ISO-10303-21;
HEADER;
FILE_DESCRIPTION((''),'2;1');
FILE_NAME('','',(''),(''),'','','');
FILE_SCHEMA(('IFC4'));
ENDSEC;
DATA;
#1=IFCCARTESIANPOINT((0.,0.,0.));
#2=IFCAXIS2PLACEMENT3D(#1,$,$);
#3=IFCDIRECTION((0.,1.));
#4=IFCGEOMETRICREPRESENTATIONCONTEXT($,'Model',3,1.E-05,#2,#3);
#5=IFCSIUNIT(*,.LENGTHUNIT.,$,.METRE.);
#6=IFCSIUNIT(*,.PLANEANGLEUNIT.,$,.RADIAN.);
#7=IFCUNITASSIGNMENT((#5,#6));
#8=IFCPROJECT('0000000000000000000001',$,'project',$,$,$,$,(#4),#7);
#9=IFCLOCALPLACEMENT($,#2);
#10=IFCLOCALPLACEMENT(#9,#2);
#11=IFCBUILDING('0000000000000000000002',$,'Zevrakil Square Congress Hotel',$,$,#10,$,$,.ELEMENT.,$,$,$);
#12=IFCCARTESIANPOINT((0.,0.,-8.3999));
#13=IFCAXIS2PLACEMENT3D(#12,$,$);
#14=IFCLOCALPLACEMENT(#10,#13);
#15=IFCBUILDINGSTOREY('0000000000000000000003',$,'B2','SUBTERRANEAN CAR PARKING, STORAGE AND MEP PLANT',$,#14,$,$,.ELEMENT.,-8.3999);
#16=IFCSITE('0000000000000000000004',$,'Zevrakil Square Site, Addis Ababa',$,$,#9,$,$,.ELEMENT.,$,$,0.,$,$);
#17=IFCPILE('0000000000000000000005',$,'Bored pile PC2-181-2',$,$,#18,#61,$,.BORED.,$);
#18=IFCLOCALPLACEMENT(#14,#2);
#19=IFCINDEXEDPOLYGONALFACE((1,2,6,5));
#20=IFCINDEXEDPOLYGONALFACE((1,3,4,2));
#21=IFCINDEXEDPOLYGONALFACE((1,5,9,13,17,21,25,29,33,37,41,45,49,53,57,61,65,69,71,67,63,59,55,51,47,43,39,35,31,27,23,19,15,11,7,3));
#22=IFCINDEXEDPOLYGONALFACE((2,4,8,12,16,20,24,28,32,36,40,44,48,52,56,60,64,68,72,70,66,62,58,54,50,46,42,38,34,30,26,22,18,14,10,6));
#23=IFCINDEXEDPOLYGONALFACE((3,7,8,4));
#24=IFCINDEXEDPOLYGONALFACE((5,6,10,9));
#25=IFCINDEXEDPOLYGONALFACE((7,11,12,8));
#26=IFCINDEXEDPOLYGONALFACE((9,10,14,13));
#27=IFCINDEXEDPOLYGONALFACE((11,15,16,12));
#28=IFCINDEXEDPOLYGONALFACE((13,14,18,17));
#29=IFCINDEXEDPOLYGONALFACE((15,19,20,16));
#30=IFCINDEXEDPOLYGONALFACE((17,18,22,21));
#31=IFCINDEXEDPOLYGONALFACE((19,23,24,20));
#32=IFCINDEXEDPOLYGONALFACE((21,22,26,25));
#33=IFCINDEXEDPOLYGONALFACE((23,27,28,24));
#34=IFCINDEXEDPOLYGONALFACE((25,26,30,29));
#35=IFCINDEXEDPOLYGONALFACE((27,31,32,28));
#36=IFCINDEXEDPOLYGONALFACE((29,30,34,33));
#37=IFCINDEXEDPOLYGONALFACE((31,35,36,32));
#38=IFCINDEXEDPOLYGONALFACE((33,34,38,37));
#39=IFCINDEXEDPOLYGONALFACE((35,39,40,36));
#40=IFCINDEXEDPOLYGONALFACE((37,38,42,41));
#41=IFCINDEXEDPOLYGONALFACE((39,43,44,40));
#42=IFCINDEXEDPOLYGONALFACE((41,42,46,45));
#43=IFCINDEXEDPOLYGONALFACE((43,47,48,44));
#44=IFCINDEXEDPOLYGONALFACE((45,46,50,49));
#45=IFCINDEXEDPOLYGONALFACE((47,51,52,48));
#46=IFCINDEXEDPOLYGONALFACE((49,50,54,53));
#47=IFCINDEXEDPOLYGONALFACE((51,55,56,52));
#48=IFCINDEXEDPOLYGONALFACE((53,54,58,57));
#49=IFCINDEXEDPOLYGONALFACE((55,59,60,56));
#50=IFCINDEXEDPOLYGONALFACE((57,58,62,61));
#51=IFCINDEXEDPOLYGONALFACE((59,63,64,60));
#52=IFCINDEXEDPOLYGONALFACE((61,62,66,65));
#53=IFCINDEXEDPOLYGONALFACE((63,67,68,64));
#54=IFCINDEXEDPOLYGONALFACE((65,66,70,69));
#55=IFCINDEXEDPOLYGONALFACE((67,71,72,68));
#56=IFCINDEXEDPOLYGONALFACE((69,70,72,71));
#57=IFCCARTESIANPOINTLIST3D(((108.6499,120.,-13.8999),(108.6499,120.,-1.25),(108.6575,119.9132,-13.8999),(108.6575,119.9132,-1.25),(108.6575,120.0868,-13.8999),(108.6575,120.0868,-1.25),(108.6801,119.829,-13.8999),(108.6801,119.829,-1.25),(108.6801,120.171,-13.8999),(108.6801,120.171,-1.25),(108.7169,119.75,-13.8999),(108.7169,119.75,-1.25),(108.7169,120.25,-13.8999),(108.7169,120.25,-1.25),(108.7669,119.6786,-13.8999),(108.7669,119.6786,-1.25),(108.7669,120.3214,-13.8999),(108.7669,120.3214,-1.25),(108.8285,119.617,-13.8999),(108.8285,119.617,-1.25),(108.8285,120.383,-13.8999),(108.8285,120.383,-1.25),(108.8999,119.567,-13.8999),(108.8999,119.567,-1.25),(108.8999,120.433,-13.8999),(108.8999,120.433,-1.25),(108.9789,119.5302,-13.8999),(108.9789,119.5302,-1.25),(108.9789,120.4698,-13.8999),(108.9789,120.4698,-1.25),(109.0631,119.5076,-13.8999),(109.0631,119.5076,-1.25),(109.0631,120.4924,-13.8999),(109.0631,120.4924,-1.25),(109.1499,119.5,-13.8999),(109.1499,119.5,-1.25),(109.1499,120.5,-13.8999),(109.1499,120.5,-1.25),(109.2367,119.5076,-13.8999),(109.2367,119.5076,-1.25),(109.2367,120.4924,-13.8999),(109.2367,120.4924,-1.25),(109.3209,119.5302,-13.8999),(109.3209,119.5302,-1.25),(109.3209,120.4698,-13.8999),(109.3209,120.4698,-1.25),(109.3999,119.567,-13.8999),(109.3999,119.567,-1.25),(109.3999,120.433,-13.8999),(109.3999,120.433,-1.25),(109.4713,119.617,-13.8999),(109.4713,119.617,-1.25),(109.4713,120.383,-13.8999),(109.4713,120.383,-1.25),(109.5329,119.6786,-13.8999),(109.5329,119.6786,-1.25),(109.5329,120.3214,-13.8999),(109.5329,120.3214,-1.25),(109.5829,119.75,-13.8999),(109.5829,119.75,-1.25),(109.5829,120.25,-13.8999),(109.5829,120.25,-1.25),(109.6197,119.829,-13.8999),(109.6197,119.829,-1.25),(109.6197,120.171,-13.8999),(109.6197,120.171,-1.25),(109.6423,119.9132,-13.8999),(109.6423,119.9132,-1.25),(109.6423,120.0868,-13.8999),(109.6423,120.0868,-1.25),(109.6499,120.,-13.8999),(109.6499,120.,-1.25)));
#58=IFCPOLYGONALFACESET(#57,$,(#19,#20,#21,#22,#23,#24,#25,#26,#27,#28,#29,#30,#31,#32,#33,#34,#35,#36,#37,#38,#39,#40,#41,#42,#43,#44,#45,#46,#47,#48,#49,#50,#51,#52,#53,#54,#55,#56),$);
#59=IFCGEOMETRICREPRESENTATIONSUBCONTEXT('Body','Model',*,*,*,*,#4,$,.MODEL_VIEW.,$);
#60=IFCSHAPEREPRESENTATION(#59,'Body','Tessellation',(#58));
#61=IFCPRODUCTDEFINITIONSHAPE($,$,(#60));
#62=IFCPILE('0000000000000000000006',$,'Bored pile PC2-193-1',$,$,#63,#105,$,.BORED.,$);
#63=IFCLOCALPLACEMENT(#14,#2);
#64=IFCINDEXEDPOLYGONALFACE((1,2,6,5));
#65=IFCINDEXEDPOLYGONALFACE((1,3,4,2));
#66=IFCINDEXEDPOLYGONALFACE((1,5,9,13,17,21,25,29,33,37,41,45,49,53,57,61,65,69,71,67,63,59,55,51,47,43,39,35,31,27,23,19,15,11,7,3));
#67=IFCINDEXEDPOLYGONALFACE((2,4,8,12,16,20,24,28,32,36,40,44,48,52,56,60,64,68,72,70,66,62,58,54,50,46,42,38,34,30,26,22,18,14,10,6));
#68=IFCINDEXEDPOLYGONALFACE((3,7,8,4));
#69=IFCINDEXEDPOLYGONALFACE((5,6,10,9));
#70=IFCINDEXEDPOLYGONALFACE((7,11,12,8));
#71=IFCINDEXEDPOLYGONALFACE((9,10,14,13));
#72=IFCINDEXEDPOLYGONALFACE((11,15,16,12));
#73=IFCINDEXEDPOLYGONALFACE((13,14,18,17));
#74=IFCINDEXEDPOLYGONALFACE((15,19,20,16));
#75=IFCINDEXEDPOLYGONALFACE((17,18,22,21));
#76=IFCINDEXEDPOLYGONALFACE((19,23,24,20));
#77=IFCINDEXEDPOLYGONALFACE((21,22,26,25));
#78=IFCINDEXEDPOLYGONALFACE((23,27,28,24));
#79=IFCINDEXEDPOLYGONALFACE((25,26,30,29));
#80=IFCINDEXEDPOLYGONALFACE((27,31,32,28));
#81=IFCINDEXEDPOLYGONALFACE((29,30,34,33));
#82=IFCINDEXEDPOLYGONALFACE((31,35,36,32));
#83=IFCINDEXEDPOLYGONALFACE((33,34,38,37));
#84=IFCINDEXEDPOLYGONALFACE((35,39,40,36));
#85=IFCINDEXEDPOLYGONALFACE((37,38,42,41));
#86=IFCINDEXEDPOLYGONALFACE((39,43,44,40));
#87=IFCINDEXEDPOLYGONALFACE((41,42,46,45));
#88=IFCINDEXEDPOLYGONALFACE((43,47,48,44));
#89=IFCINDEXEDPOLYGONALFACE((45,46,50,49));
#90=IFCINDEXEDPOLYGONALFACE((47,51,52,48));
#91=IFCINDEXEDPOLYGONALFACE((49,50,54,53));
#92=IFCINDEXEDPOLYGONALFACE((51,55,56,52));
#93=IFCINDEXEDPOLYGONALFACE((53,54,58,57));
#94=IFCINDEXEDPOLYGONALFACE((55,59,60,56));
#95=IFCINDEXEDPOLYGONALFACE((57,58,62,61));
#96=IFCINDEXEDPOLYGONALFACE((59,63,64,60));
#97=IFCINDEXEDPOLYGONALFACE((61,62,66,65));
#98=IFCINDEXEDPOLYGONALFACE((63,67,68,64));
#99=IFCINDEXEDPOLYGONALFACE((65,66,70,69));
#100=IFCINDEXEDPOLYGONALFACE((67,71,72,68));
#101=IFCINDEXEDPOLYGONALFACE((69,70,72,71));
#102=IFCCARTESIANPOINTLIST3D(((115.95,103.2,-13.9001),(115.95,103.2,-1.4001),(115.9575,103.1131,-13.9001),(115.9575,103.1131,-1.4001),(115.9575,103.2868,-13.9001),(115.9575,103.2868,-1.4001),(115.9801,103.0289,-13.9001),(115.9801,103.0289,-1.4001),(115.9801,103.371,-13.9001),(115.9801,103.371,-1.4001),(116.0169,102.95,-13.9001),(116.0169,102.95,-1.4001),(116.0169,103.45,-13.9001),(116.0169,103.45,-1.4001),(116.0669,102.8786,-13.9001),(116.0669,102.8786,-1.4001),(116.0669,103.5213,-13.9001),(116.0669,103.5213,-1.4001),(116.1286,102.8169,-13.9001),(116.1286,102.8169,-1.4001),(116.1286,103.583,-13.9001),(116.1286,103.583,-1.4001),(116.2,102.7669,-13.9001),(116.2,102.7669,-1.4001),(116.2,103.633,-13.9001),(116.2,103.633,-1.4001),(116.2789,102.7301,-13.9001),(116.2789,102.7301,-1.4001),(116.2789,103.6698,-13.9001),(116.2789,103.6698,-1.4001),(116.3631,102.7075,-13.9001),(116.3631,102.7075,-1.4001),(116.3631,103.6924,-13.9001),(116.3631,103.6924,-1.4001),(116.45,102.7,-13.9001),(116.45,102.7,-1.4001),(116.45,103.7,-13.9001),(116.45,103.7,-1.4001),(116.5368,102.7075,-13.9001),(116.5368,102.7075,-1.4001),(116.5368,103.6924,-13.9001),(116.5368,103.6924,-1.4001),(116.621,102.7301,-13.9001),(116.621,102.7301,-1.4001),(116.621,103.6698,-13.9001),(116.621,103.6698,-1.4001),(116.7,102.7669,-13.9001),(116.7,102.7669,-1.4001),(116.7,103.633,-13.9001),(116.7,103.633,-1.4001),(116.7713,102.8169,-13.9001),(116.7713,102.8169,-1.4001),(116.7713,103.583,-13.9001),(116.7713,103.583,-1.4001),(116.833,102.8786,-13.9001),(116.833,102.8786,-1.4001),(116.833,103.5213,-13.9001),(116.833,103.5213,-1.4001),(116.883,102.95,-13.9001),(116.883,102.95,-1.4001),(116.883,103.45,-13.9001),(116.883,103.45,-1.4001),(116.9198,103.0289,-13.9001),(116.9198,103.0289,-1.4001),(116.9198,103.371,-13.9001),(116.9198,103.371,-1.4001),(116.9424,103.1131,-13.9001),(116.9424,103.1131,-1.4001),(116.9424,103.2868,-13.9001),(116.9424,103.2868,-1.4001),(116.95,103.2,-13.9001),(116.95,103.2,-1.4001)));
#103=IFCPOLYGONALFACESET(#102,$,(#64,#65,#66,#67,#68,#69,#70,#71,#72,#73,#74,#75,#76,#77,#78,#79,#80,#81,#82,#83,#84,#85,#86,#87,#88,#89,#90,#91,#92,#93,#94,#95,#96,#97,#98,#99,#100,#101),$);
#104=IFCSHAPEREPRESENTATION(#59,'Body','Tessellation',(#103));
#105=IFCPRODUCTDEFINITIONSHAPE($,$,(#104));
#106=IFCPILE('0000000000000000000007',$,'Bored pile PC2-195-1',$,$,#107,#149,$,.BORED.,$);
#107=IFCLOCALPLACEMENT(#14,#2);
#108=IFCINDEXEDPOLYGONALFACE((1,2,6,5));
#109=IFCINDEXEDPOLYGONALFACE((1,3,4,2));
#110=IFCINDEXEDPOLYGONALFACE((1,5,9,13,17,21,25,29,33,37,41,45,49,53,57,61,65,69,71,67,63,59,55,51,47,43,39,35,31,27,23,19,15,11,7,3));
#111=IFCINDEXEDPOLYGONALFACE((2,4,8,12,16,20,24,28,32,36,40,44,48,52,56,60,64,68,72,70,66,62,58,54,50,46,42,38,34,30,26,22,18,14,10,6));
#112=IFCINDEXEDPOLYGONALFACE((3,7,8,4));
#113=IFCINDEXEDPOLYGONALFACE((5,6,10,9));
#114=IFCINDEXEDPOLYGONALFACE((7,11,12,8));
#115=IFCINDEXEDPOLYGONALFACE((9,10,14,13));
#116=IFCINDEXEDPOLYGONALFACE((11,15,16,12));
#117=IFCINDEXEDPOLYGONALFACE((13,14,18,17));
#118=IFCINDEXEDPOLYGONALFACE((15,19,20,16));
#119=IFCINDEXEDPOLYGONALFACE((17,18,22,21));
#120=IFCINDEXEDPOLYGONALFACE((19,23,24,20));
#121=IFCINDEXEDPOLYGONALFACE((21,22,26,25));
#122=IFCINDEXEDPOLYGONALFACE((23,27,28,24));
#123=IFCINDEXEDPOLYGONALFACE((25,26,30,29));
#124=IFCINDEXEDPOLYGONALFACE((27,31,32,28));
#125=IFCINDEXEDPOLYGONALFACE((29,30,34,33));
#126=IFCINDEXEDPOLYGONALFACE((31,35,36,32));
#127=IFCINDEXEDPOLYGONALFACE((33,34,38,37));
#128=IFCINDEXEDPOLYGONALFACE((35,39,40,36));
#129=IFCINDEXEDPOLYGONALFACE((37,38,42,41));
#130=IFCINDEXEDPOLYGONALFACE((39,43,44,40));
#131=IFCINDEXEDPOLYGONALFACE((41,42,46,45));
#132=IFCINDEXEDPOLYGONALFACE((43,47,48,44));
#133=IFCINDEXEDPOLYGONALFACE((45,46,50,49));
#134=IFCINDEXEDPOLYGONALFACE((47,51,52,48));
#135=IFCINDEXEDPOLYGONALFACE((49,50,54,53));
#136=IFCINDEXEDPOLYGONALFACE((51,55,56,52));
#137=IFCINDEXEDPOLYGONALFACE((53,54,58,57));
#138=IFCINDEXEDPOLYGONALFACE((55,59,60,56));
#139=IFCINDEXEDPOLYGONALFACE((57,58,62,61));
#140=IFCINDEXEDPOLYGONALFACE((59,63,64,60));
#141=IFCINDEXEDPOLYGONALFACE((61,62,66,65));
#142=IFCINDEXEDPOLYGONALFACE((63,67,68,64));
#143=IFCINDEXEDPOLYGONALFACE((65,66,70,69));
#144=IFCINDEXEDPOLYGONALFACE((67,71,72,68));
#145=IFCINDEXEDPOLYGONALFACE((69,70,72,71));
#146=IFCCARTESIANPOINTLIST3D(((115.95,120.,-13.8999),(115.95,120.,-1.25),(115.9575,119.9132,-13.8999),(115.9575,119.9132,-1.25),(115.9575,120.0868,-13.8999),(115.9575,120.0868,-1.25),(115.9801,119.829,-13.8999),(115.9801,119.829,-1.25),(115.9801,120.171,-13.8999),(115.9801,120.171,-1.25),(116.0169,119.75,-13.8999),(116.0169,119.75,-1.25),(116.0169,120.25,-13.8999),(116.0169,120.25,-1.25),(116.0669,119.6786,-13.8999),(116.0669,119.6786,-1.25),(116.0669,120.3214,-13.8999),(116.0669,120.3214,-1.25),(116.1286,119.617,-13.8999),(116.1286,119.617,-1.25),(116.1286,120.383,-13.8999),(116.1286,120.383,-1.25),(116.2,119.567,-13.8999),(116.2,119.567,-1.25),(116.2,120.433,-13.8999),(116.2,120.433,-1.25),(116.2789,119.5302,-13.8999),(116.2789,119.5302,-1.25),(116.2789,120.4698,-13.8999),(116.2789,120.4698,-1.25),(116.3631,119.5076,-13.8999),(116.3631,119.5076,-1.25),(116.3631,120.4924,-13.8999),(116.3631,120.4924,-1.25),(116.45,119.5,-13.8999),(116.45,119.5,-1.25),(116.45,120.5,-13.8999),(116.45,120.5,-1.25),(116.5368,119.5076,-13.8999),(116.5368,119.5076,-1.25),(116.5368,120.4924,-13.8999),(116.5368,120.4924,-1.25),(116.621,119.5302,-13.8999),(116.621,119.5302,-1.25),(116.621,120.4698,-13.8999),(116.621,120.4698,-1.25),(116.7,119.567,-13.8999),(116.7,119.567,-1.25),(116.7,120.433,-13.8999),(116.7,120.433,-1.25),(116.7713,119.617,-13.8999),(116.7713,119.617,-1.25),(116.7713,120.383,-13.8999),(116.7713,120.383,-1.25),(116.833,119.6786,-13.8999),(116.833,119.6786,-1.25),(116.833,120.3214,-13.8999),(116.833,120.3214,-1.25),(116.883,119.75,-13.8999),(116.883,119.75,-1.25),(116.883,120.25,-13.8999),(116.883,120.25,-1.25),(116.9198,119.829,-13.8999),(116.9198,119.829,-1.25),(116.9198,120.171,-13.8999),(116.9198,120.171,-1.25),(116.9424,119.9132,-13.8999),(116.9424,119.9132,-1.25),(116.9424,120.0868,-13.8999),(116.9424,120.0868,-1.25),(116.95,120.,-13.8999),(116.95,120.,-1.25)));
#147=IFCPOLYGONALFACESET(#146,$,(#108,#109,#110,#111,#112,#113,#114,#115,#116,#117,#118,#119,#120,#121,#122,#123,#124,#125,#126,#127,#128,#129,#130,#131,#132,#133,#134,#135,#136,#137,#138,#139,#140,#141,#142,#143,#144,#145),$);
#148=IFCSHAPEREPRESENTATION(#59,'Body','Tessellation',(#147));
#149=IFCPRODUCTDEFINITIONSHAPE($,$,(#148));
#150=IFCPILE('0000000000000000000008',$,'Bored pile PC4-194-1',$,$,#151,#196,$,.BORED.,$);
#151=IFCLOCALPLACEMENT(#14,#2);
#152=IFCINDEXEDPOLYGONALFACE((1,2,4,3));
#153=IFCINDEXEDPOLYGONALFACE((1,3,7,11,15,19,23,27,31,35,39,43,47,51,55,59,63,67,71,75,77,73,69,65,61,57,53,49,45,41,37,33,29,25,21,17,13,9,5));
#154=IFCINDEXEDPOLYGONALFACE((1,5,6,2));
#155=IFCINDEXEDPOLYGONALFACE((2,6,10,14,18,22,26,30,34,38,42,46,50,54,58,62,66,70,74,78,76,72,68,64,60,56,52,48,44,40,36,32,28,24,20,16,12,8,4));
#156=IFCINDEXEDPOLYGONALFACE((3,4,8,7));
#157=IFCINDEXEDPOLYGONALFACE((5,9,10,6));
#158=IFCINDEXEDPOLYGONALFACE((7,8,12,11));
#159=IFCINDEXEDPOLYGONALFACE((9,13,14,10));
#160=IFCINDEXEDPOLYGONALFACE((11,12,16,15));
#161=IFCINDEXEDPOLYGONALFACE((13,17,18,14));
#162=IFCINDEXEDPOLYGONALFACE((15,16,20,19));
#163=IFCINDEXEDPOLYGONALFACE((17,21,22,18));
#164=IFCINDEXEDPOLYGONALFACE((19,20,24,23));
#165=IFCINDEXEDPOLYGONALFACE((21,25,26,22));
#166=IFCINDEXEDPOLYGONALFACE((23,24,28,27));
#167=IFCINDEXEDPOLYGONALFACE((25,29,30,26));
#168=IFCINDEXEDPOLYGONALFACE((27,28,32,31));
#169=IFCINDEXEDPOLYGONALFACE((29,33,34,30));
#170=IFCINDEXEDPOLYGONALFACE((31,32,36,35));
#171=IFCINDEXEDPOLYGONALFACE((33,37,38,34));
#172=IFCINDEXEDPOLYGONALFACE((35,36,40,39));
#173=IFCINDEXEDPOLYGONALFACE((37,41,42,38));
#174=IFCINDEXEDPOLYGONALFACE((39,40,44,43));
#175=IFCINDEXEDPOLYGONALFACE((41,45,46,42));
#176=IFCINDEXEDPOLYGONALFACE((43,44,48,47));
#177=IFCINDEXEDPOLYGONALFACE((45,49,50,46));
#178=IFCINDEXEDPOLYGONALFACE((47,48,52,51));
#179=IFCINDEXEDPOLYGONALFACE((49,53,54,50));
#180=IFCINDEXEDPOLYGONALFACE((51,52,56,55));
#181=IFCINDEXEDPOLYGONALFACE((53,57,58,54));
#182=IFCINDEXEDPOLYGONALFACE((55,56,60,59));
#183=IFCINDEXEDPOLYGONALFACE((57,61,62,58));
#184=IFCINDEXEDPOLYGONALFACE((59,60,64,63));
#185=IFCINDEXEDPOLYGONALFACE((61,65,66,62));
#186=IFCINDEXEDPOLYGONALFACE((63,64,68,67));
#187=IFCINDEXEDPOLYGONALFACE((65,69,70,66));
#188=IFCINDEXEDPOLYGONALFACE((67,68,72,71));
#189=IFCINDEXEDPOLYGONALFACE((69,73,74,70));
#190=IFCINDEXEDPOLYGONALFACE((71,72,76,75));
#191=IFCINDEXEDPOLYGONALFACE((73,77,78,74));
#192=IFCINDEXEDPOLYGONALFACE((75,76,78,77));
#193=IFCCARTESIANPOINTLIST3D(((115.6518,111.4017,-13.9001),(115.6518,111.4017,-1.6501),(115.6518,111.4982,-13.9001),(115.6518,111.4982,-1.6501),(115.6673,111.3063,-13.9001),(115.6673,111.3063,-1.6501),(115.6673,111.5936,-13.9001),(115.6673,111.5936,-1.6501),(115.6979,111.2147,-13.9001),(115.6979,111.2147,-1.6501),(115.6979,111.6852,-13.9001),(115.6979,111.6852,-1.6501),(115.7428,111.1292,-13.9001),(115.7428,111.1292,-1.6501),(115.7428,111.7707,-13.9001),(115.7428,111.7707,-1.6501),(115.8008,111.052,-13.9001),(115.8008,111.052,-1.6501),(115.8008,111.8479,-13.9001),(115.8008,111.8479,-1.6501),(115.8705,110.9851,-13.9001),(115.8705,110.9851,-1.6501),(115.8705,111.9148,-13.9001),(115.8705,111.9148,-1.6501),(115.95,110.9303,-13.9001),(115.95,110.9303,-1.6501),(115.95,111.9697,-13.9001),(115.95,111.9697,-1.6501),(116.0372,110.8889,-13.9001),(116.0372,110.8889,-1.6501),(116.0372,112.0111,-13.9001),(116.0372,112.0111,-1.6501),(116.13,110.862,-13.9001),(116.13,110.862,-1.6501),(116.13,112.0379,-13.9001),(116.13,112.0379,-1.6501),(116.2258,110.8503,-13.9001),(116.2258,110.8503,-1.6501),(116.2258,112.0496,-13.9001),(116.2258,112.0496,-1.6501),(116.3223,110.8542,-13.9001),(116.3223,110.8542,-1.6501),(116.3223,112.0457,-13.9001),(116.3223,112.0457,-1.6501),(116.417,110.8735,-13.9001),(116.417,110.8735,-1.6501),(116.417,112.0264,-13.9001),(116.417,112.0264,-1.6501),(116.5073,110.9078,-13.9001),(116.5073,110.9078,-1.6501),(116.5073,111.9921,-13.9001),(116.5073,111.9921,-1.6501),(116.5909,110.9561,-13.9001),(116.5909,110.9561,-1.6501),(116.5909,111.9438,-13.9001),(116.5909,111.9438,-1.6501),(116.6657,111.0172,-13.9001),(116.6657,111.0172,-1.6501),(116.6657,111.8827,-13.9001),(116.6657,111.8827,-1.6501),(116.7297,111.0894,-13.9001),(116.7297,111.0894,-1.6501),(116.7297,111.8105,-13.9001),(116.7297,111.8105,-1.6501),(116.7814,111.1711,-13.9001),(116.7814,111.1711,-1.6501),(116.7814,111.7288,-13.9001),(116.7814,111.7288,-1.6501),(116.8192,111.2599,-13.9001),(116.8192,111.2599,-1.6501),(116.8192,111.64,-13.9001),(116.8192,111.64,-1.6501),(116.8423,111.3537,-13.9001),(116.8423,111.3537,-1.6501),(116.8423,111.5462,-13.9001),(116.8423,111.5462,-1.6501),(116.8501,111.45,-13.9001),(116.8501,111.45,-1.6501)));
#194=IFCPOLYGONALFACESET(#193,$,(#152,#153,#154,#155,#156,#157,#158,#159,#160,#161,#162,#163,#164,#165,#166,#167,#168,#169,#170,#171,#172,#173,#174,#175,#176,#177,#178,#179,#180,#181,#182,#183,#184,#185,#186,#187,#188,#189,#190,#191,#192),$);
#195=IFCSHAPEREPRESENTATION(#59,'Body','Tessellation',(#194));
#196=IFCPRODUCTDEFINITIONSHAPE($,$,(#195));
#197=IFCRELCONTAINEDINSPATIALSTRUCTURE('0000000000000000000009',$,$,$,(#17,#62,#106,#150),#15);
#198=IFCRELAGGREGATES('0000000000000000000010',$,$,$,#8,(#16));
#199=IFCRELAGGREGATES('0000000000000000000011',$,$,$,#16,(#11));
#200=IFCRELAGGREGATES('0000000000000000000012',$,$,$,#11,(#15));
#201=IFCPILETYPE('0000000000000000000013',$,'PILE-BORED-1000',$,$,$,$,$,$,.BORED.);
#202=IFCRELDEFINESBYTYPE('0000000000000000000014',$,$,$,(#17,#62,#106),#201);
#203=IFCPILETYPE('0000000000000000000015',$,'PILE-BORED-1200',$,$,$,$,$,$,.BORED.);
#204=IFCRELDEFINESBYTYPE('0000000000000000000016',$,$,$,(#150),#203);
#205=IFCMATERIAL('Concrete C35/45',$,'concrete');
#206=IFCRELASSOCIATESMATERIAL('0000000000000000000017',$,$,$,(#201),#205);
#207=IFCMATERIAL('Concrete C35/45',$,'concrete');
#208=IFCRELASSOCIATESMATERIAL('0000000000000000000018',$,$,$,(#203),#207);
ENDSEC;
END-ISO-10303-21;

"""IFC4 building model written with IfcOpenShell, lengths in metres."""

from ifc_helpers import new_model, si_unit, direction, frame, origin, origin_2d, place, context, subcontext, project, spatial, circle, extrude, material, material_profile, profile_set, type_object, element, save


model = new_model("IFC4")

# Units and contexts
model_context = context("Model", 3, precision=1e-05, world=origin(), true_north=direction((0.0, 1.0)))
body_context = subcontext(model_context, "Body", "Model", "MODEL_VIEW")
ifc_project = project(units=[si_unit("LENGTHUNIT", "METRE"), si_unit("PLANEANGLEUNIT", "RADIAN")], contexts=[model_context])

# Site, building, storey
site_placement = place(None, origin())
site = spatial("IfcSite", under=ifc_project, at=site_placement, Name="Zevrakil Square Site, Addis Ababa", CompositionType="ELEMENT", RefElevation=0.0)
building_placement = place(site_placement, origin())
building = spatial("IfcBuilding", under=site, at=building_placement, Name="Zevrakil Square Congress Hotel", CompositionType="ELEMENT")
storey_placement = place(building_placement, frame((0.0, 0.0, -8.3999)))
storey = spatial("IfcBuildingStorey", under=building, at=storey_placement, Name="B2", Description="SUBTERRANEAN CAR PARKING, STORAGE AND MEP PLANT", CompositionType="ELEMENT", Elevation=-8.3999)

# Piles
ifc_material_1 = material(Name="Concrete C35/45", Category="concrete")
ifc_material_profile_1 = material_profile(ifc_material_1, circle(Radius=0.5, at=origin_2d()), Name="PILE D1000")
ifc_profile_set_1 = profile_set([ifc_material_profile_1], Name="Concrete C35/45")
pile_type_1 = type_object("IfcPileType", Name="PILE-BORED-1000", PredefinedType="BORED", material=ifc_profile_set_1)
for number, where, z_axis, x_axis, name in (
    (1, (109.1499, 120.0, -1.25), (0.0, 0.0, -1.0), (1.0, 0.0, 0.0), "Bored pile PC2-181-2"),
):
    element("IfcPile", number, at=place(storey_placement, frame(where, z_axis=z_axis, x_axis=x_axis)), inside=storey, type_object=pile_type_1, Name=name, PredefinedType="BORED", context=body_context, shape_type="SweptSolid", body=[
        extrude(circle(Radius=0.5, at=origin_2d()), origin(), (0.0, 0.0, 1.0), 12.6499),
    ])
pile_1_placement = place(storey_placement, frame((116.45, 103.2, -1.4001), z_axis=(0.0, 0.0, -1.0), x_axis=(1.0, 0.0, 0.0)))
element("IfcPile", 2, at=pile_1_placement, inside=storey, type_object=pile_type_1, Name="Bored pile PC2-193-1", PredefinedType="BORED", context=body_context, shape_type="SweptSolid", body=[
    extrude(circle(Radius=0.5, at=origin_2d()), origin(), (0.0, 0.0, 1.0), 12.5),
])
pile_2_placement = place(storey_placement, frame((116.45, 120.0, -1.25), z_axis=(0.0, 0.0, -1.0), x_axis=(1.0, 0.0, 0.0)))
element("IfcPile", 3, at=pile_2_placement, inside=storey, type_object=pile_type_1, Name="Bored pile PC2-195-1", PredefinedType="BORED", context=body_context, shape_type="SweptSolid", body=[
    extrude(circle(Radius=0.5, at=origin_2d()), origin(), (0.0, 0.0, 1.0), 12.6499),
])
ifc_material_2 = material(Name="Concrete C35/45", Category="concrete")
ifc_material_profile_2 = material_profile(ifc_material_2, circle(Radius=0.6001, at=origin_2d()), Name="PILE D1200")
ifc_profile_set_2 = profile_set([ifc_material_profile_2], Name="Concrete C35/45")
pile_type_2 = type_object("IfcPileType", Name="PILE-BORED-1200", PredefinedType="BORED", material=ifc_profile_set_2)
for number, where, z_axis, x_axis, name in (
    (4, (116.25, 111.45, -1.6501), (0.0, 0.0, -1.0), (1.0, 0.0, 0.0), "Bored pile PC4-194-1"),
):
    element("IfcPile", number, at=place(storey_placement, frame(where, z_axis=z_axis, x_axis=x_axis)), inside=storey, type_object=pile_type_2, Name=name, PredefinedType="BORED", context=body_context, shape_type="SweptSolid", body=[
        extrude(circle(Radius=0.6001, at=origin_2d()), origin(), (0.0, 0.0, 1.0), 12.25),
    ])

save(model, "model.ifc")
